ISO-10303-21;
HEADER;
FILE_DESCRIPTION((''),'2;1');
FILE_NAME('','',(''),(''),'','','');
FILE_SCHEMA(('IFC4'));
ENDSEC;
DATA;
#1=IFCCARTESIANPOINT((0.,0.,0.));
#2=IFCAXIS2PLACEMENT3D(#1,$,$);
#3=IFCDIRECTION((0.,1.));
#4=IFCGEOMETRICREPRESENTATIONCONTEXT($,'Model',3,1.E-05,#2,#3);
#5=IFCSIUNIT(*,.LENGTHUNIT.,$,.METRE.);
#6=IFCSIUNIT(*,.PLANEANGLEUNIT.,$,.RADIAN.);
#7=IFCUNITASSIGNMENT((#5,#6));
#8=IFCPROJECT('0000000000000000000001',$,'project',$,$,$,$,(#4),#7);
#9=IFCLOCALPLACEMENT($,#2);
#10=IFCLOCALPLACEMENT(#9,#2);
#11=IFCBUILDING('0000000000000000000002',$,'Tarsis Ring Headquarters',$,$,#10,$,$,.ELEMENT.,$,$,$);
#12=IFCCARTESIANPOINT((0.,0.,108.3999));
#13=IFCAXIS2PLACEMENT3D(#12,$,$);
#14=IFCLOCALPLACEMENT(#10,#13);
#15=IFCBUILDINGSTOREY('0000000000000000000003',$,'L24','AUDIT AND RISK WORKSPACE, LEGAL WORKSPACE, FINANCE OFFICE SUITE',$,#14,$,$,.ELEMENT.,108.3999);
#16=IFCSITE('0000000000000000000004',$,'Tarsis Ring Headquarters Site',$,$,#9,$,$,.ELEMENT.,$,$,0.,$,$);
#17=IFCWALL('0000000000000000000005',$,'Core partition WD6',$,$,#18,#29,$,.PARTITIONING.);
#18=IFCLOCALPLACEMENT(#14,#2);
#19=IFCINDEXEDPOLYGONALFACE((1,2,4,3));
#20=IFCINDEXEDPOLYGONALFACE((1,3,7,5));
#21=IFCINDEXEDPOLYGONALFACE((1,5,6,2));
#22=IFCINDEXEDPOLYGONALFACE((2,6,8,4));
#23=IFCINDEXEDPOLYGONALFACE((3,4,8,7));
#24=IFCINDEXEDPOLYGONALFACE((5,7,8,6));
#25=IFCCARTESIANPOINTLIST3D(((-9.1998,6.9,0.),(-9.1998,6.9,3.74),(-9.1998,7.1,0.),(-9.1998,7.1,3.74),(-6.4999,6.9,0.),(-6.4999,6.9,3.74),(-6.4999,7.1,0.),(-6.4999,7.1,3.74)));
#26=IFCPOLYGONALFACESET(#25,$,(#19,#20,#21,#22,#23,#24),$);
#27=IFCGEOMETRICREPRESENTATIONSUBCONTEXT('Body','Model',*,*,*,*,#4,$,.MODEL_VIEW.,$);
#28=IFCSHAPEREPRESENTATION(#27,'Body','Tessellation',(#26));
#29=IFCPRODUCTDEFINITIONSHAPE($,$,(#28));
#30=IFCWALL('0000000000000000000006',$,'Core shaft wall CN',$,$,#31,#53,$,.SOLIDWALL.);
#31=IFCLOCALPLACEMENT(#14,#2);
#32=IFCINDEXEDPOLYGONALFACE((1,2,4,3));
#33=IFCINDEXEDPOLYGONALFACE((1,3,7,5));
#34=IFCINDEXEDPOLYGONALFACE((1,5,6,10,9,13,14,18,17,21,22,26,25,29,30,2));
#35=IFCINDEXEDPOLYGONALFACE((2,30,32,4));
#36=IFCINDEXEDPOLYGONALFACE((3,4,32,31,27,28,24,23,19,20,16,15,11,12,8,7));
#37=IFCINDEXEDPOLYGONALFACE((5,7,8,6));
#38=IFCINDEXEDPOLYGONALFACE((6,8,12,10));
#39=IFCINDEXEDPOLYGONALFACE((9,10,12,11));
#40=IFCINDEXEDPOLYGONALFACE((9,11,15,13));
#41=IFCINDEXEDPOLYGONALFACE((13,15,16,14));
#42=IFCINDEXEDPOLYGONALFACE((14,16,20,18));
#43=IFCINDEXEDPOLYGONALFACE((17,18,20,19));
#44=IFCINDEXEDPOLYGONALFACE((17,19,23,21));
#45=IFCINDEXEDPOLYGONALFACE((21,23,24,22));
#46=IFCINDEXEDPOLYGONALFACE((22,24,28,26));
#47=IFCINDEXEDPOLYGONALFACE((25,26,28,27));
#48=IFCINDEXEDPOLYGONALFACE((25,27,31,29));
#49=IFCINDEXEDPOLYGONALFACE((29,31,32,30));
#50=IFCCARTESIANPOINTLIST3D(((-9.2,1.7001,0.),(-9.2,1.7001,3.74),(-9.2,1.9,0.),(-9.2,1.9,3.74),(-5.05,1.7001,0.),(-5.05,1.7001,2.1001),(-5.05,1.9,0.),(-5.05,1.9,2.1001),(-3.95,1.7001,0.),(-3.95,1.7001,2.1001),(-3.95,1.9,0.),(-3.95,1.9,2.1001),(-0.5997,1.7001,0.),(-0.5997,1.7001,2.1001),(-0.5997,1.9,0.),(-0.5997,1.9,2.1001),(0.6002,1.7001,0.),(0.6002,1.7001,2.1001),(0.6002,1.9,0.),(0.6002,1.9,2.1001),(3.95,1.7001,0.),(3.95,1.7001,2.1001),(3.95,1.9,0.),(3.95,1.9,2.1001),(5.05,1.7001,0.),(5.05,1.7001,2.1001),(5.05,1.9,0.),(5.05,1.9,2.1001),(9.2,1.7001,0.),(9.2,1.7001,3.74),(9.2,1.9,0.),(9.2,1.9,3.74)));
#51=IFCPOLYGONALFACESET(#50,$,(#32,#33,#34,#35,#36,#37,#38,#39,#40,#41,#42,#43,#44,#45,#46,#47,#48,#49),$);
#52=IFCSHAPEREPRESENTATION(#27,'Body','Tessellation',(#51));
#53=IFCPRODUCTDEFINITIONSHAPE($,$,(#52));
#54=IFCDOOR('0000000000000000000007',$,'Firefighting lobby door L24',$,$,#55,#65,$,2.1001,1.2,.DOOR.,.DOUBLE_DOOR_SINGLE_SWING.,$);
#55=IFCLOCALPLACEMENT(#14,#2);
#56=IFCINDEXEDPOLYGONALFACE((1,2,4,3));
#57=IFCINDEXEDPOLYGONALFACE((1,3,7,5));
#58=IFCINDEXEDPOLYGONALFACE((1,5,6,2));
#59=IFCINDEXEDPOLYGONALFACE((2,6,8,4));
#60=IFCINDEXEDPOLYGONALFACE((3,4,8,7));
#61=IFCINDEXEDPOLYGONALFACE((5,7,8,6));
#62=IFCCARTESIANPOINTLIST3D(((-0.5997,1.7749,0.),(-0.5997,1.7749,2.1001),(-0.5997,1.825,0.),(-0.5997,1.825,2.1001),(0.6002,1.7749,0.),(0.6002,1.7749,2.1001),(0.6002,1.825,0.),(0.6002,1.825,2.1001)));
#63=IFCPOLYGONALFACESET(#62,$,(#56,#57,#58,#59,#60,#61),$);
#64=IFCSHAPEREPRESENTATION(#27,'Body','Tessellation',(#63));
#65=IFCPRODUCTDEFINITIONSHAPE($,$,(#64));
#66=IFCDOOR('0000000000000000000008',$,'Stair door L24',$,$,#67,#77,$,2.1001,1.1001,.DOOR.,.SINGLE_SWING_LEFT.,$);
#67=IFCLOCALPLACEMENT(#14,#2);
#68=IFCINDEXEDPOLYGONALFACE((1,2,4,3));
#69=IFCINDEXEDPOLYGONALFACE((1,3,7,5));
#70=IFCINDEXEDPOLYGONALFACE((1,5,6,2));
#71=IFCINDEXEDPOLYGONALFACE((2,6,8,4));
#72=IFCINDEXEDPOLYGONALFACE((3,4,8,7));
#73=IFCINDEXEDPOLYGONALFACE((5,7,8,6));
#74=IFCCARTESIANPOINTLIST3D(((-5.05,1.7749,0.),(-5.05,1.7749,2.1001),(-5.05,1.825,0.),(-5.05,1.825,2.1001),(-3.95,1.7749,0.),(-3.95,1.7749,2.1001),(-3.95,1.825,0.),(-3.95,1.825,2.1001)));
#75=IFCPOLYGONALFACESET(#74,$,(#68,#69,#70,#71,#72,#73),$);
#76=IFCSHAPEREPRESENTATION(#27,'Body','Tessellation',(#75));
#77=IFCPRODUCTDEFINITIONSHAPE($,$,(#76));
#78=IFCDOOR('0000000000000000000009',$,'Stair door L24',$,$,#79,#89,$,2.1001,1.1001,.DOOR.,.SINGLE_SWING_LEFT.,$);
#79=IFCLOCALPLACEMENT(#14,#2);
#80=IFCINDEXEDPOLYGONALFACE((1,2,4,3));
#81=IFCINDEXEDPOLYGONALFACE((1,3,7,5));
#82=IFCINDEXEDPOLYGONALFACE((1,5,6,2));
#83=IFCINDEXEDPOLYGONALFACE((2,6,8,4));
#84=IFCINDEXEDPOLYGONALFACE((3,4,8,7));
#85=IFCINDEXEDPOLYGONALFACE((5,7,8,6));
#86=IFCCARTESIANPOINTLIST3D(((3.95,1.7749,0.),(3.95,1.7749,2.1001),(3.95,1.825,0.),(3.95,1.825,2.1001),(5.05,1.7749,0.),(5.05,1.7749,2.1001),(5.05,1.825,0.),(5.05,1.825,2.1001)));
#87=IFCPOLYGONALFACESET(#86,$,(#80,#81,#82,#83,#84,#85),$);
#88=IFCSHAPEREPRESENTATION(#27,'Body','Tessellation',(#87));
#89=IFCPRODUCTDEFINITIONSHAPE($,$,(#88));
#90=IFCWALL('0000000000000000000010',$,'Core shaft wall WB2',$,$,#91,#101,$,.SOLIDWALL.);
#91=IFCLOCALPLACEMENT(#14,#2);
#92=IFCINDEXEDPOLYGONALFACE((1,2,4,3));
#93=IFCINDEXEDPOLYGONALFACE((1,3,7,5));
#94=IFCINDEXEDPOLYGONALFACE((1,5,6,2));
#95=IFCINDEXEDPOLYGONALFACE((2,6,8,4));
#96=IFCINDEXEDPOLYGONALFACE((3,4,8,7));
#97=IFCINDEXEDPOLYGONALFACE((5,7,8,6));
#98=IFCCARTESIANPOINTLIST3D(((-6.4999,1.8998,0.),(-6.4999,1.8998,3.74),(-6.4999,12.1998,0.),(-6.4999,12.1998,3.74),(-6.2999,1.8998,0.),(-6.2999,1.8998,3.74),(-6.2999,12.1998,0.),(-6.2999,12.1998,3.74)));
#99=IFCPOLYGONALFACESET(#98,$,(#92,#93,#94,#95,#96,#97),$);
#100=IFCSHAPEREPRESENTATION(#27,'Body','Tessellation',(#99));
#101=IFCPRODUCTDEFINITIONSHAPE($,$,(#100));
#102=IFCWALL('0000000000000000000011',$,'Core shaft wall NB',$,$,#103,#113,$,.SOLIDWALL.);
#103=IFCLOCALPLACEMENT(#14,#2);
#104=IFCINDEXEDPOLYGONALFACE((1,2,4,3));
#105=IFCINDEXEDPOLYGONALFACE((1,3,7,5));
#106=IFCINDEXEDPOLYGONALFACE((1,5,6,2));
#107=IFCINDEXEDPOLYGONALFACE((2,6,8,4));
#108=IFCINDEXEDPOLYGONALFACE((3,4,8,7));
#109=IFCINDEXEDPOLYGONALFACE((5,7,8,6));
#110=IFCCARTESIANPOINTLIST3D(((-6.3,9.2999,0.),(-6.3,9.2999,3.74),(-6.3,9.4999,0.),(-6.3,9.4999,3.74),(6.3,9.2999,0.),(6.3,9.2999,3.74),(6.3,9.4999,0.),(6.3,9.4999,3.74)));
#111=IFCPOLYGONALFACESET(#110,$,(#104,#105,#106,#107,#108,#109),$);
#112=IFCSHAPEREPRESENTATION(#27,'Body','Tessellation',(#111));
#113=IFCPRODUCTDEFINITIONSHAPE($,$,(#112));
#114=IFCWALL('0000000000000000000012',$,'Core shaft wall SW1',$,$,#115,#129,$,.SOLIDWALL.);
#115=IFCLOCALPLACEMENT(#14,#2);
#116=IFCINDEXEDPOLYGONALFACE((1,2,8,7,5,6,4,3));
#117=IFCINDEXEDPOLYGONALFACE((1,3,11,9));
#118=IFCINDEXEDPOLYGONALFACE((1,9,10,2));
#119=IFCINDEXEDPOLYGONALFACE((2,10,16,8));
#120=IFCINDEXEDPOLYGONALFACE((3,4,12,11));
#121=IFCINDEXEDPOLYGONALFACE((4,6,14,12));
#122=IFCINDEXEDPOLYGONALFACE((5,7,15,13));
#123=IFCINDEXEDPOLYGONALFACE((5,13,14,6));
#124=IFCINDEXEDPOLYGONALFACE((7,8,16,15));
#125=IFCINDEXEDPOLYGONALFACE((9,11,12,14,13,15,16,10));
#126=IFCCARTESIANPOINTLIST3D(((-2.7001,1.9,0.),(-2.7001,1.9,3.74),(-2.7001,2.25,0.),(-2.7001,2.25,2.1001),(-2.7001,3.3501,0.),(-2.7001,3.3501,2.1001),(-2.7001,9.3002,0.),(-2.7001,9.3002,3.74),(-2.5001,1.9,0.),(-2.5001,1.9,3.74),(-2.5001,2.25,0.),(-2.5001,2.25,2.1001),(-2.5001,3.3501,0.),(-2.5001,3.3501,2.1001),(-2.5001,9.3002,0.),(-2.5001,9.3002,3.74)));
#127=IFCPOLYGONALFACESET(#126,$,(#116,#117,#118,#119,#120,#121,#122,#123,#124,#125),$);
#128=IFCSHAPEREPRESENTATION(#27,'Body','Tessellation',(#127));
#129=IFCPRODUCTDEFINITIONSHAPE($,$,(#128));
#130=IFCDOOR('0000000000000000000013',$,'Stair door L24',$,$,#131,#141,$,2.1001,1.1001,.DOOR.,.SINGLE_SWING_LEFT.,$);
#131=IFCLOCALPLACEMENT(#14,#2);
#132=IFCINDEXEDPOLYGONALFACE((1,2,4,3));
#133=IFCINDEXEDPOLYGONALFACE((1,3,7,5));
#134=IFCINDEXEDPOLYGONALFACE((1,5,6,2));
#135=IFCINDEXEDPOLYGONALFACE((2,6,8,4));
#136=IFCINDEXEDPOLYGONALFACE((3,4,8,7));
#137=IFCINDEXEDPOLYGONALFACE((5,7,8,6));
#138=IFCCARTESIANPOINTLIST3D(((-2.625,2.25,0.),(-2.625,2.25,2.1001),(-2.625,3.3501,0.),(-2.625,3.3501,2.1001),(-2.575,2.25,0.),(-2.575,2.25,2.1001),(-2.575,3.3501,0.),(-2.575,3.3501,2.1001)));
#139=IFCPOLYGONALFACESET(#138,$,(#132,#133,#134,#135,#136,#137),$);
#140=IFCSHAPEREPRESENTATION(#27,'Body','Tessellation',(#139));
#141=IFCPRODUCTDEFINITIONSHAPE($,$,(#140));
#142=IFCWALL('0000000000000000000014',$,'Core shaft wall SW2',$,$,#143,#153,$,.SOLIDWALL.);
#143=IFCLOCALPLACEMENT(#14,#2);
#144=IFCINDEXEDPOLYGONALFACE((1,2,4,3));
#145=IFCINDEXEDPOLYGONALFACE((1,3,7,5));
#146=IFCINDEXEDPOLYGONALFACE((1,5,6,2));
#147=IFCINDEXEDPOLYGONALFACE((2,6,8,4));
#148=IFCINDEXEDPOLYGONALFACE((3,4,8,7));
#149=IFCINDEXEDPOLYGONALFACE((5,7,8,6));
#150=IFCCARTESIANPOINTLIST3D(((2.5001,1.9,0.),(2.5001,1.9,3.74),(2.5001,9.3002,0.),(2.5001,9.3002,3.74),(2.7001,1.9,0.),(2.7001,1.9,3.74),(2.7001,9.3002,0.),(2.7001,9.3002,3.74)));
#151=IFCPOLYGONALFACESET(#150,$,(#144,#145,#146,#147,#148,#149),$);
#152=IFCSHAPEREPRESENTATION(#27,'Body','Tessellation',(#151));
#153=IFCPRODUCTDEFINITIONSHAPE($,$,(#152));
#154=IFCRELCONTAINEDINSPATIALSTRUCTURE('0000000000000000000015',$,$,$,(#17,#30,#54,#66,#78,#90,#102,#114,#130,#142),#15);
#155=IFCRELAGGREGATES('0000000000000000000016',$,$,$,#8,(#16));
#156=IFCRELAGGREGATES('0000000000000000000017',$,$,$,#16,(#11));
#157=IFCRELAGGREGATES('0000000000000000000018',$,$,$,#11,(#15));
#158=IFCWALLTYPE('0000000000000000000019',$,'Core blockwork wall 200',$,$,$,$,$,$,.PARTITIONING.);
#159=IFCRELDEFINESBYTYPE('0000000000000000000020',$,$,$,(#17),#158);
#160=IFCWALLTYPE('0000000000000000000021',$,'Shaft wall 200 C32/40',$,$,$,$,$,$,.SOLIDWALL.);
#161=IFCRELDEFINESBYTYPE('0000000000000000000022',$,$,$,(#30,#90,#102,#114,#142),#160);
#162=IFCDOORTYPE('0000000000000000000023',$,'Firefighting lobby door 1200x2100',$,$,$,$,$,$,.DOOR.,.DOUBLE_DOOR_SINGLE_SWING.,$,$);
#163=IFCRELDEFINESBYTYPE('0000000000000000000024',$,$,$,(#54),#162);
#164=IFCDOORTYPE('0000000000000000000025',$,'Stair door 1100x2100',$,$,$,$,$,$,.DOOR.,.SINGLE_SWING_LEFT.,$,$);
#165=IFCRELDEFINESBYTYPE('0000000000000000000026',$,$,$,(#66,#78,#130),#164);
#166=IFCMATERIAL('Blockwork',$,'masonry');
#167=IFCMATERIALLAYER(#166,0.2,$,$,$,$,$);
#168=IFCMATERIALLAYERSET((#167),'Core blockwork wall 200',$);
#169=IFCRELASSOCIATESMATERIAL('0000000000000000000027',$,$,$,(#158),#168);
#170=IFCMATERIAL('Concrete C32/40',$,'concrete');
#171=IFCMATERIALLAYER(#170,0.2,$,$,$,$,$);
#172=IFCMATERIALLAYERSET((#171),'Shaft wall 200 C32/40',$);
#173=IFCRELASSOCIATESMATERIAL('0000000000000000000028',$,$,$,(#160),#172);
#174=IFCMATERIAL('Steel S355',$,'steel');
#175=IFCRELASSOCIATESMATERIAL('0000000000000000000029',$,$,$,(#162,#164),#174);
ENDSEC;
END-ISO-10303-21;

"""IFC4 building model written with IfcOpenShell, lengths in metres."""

from ifc_helpers import new_model, si_unit, direction, frame, frame_2d, origin, place, context, subcontext, project, spatial, rectangle, extrude, material, layer, layer_set, type_object, element, fill, save


model = new_model("IFC4")

# Units and contexts
model_context = context("Model", 3, precision=1e-05, world=origin(), true_north=direction((0.0, 1.0)))
body_context = subcontext(model_context, "Body", "Model", "MODEL_VIEW")
ifc_project = project(units=[si_unit("LENGTHUNIT", "METRE"), si_unit("PLANEANGLEUNIT", "RADIAN")], contexts=[model_context])

# Site, building, storey
site_placement = place(None, origin())
site = spatial("IfcSite", under=ifc_project, at=site_placement, Name="Tarsis Ring Headquarters Site", CompositionType="ELEMENT", RefElevation=0.0)
building_placement = place(site_placement, origin())
building = spatial("IfcBuilding", under=site, at=building_placement, Name="Tarsis Ring Headquarters", CompositionType="ELEMENT")
storey_placement = place(building_placement, frame((0.0, 0.0, 108.3999)))
storey = spatial("IfcBuildingStorey", under=building, at=storey_placement, Name="L24", Description="AUDIT AND RISK WORKSPACE, LEGAL WORKSPACE, FINANCE OFFICE SUITE", CompositionType="ELEMENT", Elevation=108.3999)

# Wall
ifc_material_1 = material(Name="Blockwork", Category="masonry")
ifc_layer_1 = layer(ifc_material_1, 0.2)
ifc_layer_set_1 = layer_set([ifc_layer_1], Name="Core blockwork wall 200")
wall_type_1 = type_object("IfcWallType", Name="Core blockwork wall 200", PredefinedType="PARTITIONING", material=ifc_layer_set_1)
wall_1_placement = place(storey_placement, frame((-9.2, 7.0, 0.0), z_axis=(0.0, 0.0, 1.0), x_axis=(1.0, 0.0, 0.0)))
element("IfcWall", 1, at=wall_1_placement, inside=storey, type_object=wall_type_1, Name="Core partition WD6", PredefinedType="PARTITIONING", context=body_context, shape_type="SweptSolid", body=[
    extrude(rectangle(XDim=2.7, YDim=0.2, at=frame_2d((1.3501, 0.0))), origin(), (0.0, 0.0, 1.0), 3.74),
])

# Wall, openings, doors
ifc_material_2 = material(Name="Concrete C32/40", Category="concrete")
ifc_layer_2 = layer(ifc_material_2, 0.2)
ifc_layer_set_2 = layer_set([ifc_layer_2], Name="Shaft wall 200 C32/40")
wall_type_2 = type_object("IfcWallType", Name="Shaft wall 200 C32/40", PredefinedType="SOLIDWALL", material=ifc_layer_set_2)
wall_2_placement = place(storey_placement, frame((-9.2, 1.8, 0.0), z_axis=(0.0, 0.0, 1.0), x_axis=(1.0, 0.0, 0.0)))
wall_2 = element("IfcWall", 2, at=wall_2_placement, inside=storey, type_object=wall_type_2, Name="Core shaft wall CN", PredefinedType="SOLIDWALL", context=body_context, shape_type="SweptSolid", body=[
    extrude(rectangle(XDim=18.3999, YDim=0.2, at=frame_2d((9.2, 0.0))), origin(), (0.0, 0.0, 1.0), 3.74),
])
opening_1_placement = place(wall_2_placement, frame((4.1499, 0.0, 0.0)))
opening_1 = element("IfcOpeningElement", 3, at=opening_1_placement, cuts=wall_2, PredefinedType="OPENING", context=body_context, shape_type="SweptSolid", body=[
    extrude(rectangle(XDim=1.1001, YDim=2.1001, at=frame_2d((0.55, 1.05))), frame((0.0, 0.1099, 0.0), z_axis=(0.0, -1.0, 0.0), x_axis=(1.0, 0.0, 0.0)), (0.0, 0.0, 1.0), 0.22),
])
opening_2_placement = place(wall_2_placement, frame((8.6001, 0.0, 0.0)))
opening_2 = element("IfcOpeningElement", 4, at=opening_2_placement, cuts=wall_2, PredefinedType="OPENING", context=body_context, shape_type="SweptSolid", body=[
    extrude(rectangle(XDim=1.2, YDim=2.1001, at=frame_2d((0.6001, 1.05))), frame((0.0, 0.1099, 0.0), z_axis=(0.0, -1.0, 0.0), x_axis=(1.0, 0.0, 0.0)), (0.0, 0.0, 1.0), 0.22),
])
opening_3_placement = place(wall_2_placement, frame((13.1499, 0.0, 0.0)))
opening_3 = element("IfcOpeningElement", 5, at=opening_3_placement, cuts=wall_2, PredefinedType="OPENING", context=body_context, shape_type="SweptSolid", body=[
    extrude(rectangle(XDim=1.1001, YDim=2.1001, at=frame_2d((0.55, 1.05))), frame((0.0, 0.1099, 0.0), z_axis=(0.0, -1.0, 0.0), x_axis=(1.0, 0.0, 0.0)), (0.0, 0.0, 1.0), 0.22),
])
ifc_material_3 = material(Name="Steel S355", Category="steel")
door_type_1 = type_object("IfcDoorType", Name="Firefighting lobby door 1200x2100", OperationType="DOUBLE_DOOR_SINGLE_SWING", PredefinedType="DOOR", material=ifc_material_3)
door_1_placement = place(opening_2_placement, origin())
door_1 = element("IfcDoor", 6, at=door_1_placement, inside=storey, type_object=door_type_1, Name="Firefighting lobby door L24", OperationType="DOUBLE_DOOR_SINGLE_SWING", OverallHeight=2.1001, OverallWidth=1.2, PredefinedType="DOOR", context=body_context, shape_type="SweptSolid", body=[
    extrude(rectangle(XDim=1.2, YDim=2.1001, at=frame_2d((0.6001, 1.05))), frame((0.0, 0.0249, 0.0), z_axis=(0.0, -1.0, 0.0), x_axis=(1.0, 0.0, 0.0)), (0.0, 0.0, 1.0), 0.05),
])
fill(opening_2, door_1)
door_type_2 = type_object("IfcDoorType", Name="Stair door 1100x2100", OperationType="SINGLE_SWING_LEFT", PredefinedType="DOOR", material=ifc_material_3)
door_2_placement = place(opening_1_placement, origin())
door_2 = element("IfcDoor", 7, at=door_2_placement, inside=storey, type_object=door_type_2, Name="Stair door L24", OperationType="SINGLE_SWING_LEFT", OverallHeight=2.1001, OverallWidth=1.1001, PredefinedType="DOOR", context=body_context, shape_type="SweptSolid", body=[
    extrude(rectangle(XDim=1.1001, YDim=2.1001, at=frame_2d((0.55, 1.05))), frame((0.0, 0.0249, 0.0), z_axis=(0.0, -1.0, 0.0), x_axis=(1.0, 0.0, 0.0)), (0.0, 0.0, 1.0), 0.05),
])
fill(opening_1, door_2)
door_3_placement = place(opening_3_placement, origin())
door_3 = element("IfcDoor", 8, at=door_3_placement, inside=storey, type_object=door_type_2, Name="Stair door L24", OperationType="SINGLE_SWING_LEFT", OverallHeight=2.1001, OverallWidth=1.1001, PredefinedType="DOOR", context=body_context, shape_type="SweptSolid", body=[
    extrude(rectangle(XDim=1.1001, YDim=2.1001, at=frame_2d((0.55, 1.05))), frame((0.0, 0.0249, 0.0), z_axis=(0.0, -1.0, 0.0), x_axis=(1.0, 0.0, 0.0)), (0.0, 0.0, 1.0), 0.05),
])
fill(opening_3, door_3)

# Walls
wall_3_placement = place(storey_placement, frame((-6.3999, 1.8999, 0.0), z_axis=(0.0, 0.0, 1.0), x_axis=(0.0, 1.0, 0.0)))
element("IfcWall", 9, at=wall_3_placement, inside=storey, type_object=wall_type_2, Name="Core shaft wall WB2", PredefinedType="SOLIDWALL", context=body_context, shape_type="SweptSolid", body=[
    extrude(rectangle(XDim=10.3, YDim=0.2, at=frame_2d((5.1499, 0.0))), origin(), (0.0, 0.0, 1.0), 3.74),
])
wall_4_placement = place(storey_placement, frame((-6.3, 9.3999, 0.0), z_axis=(0.0, 0.0, 1.0), x_axis=(1.0, 0.0, 0.0)))
element("IfcWall", 10, at=wall_4_placement, inside=storey, type_object=wall_type_2, Name="Core shaft wall NB", PredefinedType="SOLIDWALL", context=body_context, shape_type="SweptSolid", body=[
    extrude(rectangle(XDim=12.6001, YDim=0.2, at=frame_2d((6.3, 0.0))), origin(), (0.0, 0.0, 1.0), 3.74),
])

# Wall, opening, door
wall_5_placement = place(storey_placement, frame((-2.6001, 1.8999, 0.0), z_axis=(0.0, 0.0, 1.0), x_axis=(0.0, 1.0, 0.0)))
wall_5 = element("IfcWall", 11, at=wall_5_placement, inside=storey, type_object=wall_type_2, Name="Core shaft wall SW1", PredefinedType="SOLIDWALL", context=body_context, shape_type="SweptSolid", body=[
    extrude(rectangle(XDim=7.4001, YDim=0.2, at=frame_2d((3.7002, 0.0))), origin(), (0.0, 0.0, 1.0), 3.74),
])
opening_4_placement = place(wall_5_placement, frame((0.3501, 0.0, 0.0)))
opening_4 = element("IfcOpeningElement", 12, at=opening_4_placement, cuts=wall_5, PredefinedType="OPENING", context=body_context, shape_type="SweptSolid", body=[
    extrude(rectangle(XDim=1.1001, YDim=2.1001, at=frame_2d((0.55, 1.05))), frame((0.0, 0.1099, 0.0), z_axis=(0.0, -1.0, 0.0), x_axis=(1.0, 0.0, 0.0)), (0.0, 0.0, 1.0), 0.22),
])
door_4_placement = place(opening_4_placement, origin())
door_4 = element("IfcDoor", 13, at=door_4_placement, inside=storey, type_object=door_type_2, Name="Stair door L24", OperationType="SINGLE_SWING_LEFT", OverallHeight=2.1001, OverallWidth=1.1001, PredefinedType="DOOR", context=body_context, shape_type="SweptSolid", body=[
    extrude(rectangle(XDim=1.1001, YDim=2.1001, at=frame_2d((0.55, 1.05))), frame((0.0, 0.0249, 0.0), z_axis=(0.0, -1.0, 0.0), x_axis=(1.0, 0.0, 0.0)), (0.0, 0.0, 1.0), 0.05),
])
fill(opening_4, door_4)

# Wall
wall_6_placement = place(storey_placement, frame((2.6001, 1.8999, 0.0), z_axis=(0.0, 0.0, 1.0), x_axis=(0.0, 1.0, 0.0)))
element("IfcWall", 14, at=wall_6_placement, inside=storey, type_object=wall_type_2, Name="Core shaft wall SW2", PredefinedType="SOLIDWALL", context=body_context, shape_type="SweptSolid", body=[
    extrude(rectangle(XDim=7.4001, YDim=0.2, at=frame_2d((3.7002, 0.0))), origin(), (0.0, 0.0, 1.0), 3.74),
])

save(model, "model.ifc")
